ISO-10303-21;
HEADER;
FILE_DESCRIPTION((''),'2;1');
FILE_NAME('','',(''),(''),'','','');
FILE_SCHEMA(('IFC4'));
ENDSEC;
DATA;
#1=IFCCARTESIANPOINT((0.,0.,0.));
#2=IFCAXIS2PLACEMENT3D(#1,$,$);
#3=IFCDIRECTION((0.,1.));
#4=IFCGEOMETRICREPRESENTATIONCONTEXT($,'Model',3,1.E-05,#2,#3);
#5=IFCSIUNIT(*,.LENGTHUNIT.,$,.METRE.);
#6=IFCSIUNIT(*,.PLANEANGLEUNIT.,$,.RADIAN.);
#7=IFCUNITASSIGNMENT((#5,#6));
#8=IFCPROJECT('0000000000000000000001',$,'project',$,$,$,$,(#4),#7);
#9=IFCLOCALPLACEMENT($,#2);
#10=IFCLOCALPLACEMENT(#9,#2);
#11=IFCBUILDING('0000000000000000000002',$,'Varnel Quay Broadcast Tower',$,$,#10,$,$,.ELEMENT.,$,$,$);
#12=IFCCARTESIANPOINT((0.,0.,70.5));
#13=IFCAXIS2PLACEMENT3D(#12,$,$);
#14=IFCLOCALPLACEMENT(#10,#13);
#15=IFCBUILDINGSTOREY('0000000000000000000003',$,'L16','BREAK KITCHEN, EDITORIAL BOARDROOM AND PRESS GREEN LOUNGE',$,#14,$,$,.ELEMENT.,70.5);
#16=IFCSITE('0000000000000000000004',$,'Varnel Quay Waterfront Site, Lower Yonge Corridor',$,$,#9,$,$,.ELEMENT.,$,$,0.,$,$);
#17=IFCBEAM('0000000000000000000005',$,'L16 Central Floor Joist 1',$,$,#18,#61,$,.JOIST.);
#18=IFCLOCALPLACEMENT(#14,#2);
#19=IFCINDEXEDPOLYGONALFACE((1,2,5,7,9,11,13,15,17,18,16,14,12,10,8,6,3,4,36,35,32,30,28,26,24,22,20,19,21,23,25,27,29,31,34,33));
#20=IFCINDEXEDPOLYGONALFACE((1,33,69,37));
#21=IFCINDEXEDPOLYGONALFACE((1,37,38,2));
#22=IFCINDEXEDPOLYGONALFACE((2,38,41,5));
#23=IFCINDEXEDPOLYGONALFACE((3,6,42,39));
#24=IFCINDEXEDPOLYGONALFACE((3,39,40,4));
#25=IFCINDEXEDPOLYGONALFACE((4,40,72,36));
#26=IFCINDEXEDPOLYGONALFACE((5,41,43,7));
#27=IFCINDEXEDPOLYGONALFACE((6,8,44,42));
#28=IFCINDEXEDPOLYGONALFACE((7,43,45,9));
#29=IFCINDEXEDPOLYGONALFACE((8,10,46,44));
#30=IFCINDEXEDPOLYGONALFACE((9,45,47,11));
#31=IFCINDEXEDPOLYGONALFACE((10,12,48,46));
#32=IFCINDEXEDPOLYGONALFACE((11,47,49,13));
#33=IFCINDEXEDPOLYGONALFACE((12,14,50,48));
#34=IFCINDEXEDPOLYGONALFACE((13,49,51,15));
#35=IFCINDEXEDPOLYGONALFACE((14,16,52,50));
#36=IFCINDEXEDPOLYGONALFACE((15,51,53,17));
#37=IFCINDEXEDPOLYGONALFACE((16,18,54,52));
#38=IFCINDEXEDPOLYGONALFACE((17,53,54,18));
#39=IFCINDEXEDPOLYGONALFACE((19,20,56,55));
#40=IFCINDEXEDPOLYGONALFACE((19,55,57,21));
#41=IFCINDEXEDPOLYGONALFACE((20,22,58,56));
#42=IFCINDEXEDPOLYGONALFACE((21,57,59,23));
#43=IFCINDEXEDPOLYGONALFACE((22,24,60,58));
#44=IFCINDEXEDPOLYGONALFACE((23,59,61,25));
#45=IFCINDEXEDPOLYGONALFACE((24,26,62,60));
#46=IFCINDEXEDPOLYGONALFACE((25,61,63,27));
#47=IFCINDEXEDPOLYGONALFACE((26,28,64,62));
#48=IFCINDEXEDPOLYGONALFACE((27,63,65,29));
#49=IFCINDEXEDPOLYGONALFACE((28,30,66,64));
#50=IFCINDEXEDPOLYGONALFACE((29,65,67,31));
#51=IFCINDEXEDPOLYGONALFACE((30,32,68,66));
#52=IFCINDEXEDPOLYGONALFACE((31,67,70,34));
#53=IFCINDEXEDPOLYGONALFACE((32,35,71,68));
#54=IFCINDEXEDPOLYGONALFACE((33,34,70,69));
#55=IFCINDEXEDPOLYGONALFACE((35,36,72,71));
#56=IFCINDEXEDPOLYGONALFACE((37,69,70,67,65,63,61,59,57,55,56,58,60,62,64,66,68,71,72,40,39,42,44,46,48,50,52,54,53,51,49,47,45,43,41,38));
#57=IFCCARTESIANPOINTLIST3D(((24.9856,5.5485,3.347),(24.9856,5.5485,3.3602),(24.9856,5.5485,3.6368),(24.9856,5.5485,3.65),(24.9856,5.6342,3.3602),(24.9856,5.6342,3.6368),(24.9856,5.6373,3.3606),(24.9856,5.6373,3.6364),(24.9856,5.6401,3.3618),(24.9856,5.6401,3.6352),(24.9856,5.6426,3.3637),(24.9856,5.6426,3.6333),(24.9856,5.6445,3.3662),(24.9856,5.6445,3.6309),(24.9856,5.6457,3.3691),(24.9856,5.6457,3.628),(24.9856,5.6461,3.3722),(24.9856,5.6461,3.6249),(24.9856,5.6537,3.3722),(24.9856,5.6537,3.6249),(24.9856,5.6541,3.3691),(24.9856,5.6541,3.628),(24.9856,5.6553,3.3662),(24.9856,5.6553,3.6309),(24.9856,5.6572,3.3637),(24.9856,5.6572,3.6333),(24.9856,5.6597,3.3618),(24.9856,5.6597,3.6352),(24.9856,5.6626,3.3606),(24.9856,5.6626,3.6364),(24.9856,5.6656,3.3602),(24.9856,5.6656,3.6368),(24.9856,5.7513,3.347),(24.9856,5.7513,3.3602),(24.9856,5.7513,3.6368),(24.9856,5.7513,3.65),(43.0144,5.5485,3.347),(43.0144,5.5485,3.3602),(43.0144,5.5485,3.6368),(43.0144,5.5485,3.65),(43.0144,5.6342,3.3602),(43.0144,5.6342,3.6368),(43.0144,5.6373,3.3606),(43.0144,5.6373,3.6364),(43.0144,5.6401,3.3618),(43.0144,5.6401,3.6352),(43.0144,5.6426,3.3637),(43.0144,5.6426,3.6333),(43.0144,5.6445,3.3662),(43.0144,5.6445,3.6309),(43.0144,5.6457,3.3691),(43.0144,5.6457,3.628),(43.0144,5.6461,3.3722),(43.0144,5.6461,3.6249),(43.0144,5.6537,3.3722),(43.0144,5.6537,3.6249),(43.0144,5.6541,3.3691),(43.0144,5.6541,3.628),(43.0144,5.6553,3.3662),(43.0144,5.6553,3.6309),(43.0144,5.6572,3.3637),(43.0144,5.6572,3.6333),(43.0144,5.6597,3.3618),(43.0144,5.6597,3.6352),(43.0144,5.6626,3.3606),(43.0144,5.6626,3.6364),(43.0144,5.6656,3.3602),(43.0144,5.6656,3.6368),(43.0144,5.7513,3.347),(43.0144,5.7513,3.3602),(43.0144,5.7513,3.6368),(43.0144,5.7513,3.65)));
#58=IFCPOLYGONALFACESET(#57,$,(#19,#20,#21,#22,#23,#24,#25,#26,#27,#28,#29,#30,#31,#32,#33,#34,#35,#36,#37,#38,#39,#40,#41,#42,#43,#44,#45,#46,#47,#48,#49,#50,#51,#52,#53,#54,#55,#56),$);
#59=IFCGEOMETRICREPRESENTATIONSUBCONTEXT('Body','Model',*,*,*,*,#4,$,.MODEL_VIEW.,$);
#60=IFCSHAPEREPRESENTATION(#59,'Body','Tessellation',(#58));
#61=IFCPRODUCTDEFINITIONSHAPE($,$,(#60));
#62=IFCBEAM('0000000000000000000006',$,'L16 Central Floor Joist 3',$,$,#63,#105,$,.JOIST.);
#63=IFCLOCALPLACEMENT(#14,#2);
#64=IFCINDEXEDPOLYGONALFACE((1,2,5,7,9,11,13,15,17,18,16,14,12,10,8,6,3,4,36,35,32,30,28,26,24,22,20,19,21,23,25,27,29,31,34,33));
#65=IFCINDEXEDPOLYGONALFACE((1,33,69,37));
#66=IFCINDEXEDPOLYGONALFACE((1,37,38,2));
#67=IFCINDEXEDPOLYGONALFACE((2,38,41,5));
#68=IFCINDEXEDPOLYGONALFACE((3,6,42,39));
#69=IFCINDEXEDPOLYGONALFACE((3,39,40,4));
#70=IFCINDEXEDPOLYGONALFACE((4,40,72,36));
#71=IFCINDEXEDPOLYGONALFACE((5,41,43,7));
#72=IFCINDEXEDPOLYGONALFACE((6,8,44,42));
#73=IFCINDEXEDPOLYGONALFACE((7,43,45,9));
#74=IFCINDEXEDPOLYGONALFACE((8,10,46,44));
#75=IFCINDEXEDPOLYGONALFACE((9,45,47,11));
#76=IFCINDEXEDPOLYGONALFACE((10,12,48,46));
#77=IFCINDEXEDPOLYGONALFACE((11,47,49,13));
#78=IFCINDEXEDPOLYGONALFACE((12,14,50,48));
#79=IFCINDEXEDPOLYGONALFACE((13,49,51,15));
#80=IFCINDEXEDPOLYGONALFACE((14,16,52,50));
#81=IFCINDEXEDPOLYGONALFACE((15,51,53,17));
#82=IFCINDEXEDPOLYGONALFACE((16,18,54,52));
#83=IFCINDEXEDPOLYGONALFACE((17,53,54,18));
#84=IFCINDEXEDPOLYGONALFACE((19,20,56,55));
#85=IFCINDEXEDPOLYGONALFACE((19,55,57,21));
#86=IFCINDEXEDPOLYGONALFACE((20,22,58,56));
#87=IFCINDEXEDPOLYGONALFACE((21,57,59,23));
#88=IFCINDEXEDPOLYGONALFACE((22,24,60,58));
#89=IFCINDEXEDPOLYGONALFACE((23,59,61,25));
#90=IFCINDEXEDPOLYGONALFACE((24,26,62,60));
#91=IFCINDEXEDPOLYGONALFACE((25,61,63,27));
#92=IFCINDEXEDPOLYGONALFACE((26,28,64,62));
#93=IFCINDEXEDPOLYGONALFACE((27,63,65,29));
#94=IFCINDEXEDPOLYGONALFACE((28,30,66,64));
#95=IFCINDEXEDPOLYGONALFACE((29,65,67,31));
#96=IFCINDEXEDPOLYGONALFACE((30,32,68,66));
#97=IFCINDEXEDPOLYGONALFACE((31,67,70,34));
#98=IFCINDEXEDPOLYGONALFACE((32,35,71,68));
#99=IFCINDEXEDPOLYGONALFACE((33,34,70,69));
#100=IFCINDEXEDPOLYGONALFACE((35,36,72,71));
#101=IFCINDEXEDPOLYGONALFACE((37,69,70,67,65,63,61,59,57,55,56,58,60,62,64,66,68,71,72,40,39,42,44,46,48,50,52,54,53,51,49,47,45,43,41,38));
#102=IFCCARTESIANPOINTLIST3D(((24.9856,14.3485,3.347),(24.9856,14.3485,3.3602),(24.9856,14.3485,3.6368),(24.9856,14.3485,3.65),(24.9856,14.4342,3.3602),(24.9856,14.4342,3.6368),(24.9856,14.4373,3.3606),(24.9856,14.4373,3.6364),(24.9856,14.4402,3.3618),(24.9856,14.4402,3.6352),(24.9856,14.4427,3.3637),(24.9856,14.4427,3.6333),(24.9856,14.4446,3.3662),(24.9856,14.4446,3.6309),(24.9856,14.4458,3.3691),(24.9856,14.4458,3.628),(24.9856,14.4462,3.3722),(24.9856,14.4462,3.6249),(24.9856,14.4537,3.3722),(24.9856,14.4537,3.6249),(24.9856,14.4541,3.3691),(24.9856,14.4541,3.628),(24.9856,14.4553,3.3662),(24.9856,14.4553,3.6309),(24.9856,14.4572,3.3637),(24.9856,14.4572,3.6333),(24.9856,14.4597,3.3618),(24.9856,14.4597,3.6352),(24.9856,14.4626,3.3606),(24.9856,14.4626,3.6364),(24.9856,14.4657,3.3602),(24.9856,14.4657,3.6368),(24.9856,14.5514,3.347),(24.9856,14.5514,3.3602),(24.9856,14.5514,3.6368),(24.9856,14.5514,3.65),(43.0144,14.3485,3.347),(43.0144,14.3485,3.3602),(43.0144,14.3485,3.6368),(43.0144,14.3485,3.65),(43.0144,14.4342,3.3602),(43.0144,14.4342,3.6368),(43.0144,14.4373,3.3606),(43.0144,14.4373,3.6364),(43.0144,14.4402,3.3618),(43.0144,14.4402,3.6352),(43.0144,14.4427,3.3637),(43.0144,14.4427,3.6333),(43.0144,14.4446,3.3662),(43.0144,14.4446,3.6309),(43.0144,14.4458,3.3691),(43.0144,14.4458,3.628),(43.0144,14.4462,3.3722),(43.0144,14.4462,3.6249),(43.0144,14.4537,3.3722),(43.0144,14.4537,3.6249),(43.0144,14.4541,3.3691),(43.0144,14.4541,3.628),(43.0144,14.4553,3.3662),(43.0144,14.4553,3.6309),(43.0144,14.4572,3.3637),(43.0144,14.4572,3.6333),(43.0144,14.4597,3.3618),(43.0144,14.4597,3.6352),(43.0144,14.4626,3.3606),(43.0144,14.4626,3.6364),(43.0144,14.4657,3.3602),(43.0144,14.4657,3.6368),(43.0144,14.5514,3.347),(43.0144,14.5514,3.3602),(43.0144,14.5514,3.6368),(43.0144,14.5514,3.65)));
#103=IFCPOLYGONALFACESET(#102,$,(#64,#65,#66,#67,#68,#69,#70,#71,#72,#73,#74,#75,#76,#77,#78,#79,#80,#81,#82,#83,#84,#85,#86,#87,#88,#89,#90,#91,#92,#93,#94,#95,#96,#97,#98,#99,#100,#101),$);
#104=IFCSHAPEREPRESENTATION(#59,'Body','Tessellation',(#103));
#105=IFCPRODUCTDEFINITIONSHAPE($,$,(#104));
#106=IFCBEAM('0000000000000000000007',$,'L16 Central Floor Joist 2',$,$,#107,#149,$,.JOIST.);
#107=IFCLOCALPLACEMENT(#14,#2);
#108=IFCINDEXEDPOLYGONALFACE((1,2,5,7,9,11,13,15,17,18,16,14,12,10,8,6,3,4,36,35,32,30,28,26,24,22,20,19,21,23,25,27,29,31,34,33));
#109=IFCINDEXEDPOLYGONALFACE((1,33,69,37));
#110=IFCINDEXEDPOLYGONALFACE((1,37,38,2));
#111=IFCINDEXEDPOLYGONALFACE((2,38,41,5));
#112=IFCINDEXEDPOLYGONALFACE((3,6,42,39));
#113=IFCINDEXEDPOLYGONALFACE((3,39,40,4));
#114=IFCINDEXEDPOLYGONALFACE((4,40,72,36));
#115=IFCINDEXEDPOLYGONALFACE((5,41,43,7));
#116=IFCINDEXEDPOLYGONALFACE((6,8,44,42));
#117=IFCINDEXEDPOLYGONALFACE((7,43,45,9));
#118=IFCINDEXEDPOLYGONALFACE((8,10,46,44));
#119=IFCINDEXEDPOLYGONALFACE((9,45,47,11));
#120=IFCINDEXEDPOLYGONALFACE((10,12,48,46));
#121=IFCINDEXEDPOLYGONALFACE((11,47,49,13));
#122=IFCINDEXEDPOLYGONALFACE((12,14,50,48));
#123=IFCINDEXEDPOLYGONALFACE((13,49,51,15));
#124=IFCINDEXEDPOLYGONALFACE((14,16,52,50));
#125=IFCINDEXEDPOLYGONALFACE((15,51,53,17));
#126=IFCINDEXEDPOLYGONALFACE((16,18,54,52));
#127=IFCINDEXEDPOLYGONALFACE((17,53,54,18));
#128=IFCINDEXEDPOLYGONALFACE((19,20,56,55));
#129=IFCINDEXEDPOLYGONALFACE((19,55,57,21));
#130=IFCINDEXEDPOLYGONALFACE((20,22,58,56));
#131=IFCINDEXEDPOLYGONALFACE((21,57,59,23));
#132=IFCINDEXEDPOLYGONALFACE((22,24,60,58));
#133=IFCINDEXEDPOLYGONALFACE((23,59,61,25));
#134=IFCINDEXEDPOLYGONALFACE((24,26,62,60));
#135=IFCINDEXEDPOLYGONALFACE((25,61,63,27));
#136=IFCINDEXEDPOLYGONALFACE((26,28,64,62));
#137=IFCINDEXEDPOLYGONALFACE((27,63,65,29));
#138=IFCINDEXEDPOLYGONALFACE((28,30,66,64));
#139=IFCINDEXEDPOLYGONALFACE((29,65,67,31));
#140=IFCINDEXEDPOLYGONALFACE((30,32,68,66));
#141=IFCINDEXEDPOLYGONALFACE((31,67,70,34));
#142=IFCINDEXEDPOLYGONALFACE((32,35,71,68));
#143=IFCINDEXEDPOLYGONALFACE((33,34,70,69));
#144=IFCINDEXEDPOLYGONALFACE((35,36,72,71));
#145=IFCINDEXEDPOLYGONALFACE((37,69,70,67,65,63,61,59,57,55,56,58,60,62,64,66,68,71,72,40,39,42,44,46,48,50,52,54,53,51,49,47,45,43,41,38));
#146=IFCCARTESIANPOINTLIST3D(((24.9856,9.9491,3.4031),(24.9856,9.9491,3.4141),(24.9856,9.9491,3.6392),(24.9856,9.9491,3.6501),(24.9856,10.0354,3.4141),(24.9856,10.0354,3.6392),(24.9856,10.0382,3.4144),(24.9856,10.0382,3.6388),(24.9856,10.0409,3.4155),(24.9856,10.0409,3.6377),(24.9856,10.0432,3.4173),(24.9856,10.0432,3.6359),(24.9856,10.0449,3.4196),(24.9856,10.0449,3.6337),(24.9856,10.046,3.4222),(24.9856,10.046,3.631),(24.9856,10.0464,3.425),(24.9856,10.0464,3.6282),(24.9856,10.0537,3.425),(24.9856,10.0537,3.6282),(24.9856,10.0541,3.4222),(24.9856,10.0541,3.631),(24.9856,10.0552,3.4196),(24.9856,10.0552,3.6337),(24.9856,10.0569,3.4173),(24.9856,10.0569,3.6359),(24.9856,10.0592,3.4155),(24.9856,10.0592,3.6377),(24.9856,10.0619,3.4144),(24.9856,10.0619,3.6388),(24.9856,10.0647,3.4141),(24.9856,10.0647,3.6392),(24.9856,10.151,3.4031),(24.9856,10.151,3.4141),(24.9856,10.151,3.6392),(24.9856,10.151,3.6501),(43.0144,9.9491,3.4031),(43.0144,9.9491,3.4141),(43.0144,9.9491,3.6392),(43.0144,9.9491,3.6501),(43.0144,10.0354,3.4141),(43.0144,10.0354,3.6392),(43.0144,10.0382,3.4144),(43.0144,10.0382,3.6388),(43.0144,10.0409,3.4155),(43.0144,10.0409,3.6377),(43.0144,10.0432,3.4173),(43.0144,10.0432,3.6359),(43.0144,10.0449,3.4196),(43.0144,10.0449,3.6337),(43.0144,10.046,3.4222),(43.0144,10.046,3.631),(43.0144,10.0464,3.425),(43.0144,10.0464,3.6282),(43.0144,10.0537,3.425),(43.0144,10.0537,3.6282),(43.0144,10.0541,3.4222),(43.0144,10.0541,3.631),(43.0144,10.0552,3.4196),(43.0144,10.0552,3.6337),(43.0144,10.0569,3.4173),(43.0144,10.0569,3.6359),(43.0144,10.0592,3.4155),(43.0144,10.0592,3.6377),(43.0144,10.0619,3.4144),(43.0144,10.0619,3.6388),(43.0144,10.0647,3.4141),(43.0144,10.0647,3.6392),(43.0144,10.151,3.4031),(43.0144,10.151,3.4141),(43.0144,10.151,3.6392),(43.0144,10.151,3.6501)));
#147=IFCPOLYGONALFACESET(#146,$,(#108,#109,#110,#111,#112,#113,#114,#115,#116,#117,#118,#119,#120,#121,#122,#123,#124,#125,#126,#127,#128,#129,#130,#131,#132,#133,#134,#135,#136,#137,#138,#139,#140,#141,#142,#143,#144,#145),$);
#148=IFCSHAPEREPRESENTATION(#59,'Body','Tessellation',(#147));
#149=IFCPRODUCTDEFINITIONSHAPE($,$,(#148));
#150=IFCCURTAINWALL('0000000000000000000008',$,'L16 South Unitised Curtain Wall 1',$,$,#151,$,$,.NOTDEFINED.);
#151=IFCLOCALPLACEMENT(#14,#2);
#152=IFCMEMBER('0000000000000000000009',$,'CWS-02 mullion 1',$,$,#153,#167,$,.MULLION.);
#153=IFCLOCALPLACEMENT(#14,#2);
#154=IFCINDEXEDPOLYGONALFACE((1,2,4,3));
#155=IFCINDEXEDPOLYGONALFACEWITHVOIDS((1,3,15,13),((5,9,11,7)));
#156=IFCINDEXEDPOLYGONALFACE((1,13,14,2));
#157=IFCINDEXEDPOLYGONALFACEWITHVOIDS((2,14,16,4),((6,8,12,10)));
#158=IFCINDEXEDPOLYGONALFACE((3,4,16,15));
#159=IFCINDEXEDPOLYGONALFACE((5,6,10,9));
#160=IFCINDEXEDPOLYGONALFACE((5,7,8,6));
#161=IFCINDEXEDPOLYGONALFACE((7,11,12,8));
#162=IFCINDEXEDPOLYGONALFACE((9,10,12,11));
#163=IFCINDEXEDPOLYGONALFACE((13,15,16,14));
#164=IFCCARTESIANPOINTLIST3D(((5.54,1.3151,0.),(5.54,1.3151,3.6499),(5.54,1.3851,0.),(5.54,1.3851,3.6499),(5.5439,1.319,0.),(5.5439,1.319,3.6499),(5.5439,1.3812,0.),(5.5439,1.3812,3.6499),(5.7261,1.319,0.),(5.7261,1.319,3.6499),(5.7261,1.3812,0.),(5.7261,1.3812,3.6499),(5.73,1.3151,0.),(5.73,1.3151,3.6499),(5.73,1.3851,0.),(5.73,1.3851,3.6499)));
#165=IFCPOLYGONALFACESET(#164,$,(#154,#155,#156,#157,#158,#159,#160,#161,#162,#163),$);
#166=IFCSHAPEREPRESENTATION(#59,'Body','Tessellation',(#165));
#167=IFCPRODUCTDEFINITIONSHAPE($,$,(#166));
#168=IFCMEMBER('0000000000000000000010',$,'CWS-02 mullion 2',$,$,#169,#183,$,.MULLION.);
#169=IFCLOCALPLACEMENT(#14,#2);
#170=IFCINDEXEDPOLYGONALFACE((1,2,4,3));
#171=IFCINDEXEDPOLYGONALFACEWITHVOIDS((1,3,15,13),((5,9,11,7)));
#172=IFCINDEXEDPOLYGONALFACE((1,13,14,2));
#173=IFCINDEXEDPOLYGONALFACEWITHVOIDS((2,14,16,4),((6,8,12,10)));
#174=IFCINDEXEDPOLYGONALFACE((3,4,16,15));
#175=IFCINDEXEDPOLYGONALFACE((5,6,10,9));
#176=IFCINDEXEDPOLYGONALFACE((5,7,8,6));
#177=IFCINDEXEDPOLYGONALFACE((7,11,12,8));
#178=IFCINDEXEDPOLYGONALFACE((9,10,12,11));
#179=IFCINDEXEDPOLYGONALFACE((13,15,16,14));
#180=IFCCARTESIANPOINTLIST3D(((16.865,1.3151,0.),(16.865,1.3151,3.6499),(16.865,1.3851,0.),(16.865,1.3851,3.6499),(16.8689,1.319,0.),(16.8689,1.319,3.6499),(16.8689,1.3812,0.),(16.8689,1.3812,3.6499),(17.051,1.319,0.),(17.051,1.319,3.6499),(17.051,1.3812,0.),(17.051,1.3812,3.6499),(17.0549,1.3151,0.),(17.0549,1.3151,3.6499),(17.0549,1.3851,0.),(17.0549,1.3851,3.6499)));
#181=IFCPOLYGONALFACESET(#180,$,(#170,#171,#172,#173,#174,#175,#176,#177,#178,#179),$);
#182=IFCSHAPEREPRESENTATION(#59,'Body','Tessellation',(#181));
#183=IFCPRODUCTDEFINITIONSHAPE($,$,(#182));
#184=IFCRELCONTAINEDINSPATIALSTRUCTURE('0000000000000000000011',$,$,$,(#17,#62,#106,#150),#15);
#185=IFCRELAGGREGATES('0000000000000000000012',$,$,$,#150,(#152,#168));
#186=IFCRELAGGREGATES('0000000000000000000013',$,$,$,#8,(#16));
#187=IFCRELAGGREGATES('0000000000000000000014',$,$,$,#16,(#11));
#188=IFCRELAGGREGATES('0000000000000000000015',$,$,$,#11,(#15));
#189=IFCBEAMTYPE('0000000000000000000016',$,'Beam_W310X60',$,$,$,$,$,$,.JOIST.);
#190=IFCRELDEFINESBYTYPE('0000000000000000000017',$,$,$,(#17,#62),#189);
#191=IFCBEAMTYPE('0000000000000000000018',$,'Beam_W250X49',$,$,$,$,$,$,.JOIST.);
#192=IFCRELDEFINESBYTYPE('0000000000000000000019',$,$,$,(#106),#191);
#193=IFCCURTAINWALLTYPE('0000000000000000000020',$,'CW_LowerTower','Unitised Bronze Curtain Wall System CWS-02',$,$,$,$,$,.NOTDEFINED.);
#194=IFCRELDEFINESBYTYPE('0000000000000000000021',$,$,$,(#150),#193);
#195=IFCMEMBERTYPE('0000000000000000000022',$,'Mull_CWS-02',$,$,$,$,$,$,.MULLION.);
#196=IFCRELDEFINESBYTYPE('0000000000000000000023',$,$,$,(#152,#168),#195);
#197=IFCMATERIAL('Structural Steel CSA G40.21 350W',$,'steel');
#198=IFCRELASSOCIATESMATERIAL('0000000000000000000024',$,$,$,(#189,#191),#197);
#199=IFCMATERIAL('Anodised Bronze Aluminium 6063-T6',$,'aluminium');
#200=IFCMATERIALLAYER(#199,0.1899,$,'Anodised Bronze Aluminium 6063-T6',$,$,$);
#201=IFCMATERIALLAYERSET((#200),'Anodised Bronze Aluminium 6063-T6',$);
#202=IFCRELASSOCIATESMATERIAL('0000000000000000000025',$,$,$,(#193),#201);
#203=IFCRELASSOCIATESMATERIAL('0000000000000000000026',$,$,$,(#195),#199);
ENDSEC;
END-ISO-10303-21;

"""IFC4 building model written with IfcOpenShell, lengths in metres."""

from ifc_helpers import new_model, si_unit, direction, frame, origin, origin_2d, place, context, subcontext, project, spatial, hollow_rectangle, i_section, extrude, source, transform, mapped, material, layer, layer_set, material_profile, profile_set, type_object, type_shapes, element, aggregate, save


model = new_model("IFC4")

# Units and contexts
model_context = context("Model", 3, precision=1e-05, world=origin(), true_north=direction((0.0, 1.0)))
body_context = subcontext(model_context, "Body", "Model", "MODEL_VIEW")
ifc_project = project(units=[si_unit("LENGTHUNIT", "METRE"), si_unit("PLANEANGLEUNIT", "RADIAN")], contexts=[model_context])

# Site, building, storey
site_placement = place(None, origin())
site = spatial("IfcSite", under=ifc_project, at=site_placement, Name="Varnel Quay Waterfront Site, Lower Yonge Corridor", CompositionType="ELEMENT", RefElevation=0.0)
building_placement = place(site_placement, origin())
building = spatial("IfcBuilding", under=site, at=building_placement, Name="Varnel Quay Broadcast Tower", CompositionType="ELEMENT")
storey_placement = place(building_placement, frame((0.0, 0.0, 70.5)))
storey = spatial("IfcBuildingStorey", under=building, at=storey_placement, Name="L16", Description="BREAK KITCHEN, EDITORIAL BOARDROOM AND PRESS GREEN LOUNGE", CompositionType="ELEMENT", Elevation=70.5)

# Shared definitions
ifc_material_1 = material(Name="Structural Steel CSA G40.21 350W", Category="steel")

# Beams
ifc_material_profile_1 = material_profile(ifc_material_1, i_section(OverallWidth=0.2029, OverallDepth=0.303, WebThickness=0.0076, FlangeThickness=0.0132, FilletRadius=0.012, at=origin_2d()), Name="W310X60")
ifc_profile_set_1 = profile_set([ifc_material_profile_1], Name="Structural Steel CSA G40.21 350W")
beam_type_1 = type_object("IfcBeamType", Name="Beam_W310X60", PredefinedType="JOIST", material=ifc_profile_set_1)
shared_shape_1 = source(origin(), body_context, "Body", "SweptSolid", [
    extrude(i_section(OverallWidth=0.2029, OverallDepth=0.303, WebThickness=0.0076, FlangeThickness=0.0132, FilletRadius=0.012, at=origin_2d()), origin(), (0.0, 0.0, 1.0), 18.0288),
])
type_shapes(beam_type_1, [shared_shape_1])
for number, where, z_axis, x_axis, name in (
    (1, (24.9856, 5.6499, 3.4985), (1.0, 0.0, 0.0), (0.0, 1.0, 0.0), "L16 Central Floor Joist 1"),
    (2, (24.9856, 14.45, 3.4985), (1.0, 0.0, 0.0), (0.0, 1.0, 0.0), "L16 Central Floor Joist 3"),
):
    element("IfcBeam", number, at=place(storey_placement, frame(where, z_axis=z_axis, x_axis=x_axis)), inside=storey, type_object=beam_type_1, Name=name, PredefinedType="JOIST", context=body_context, shape_type="MappedRepresentation", body=[
        mapped(shared_shape_1, transform((0.0, 0.0, 0.0), x_axis=(1.0, 0.0, 0.0), y_axis=(0.0, 1.0, 0.0), z_axis=(0.0, 0.0, 1.0), scale=1.0)),
    ])
ifc_material_profile_2 = material_profile(ifc_material_1, i_section(OverallWidth=0.2019, OverallDepth=0.2471, WebThickness=0.0073, FlangeThickness=0.011, FilletRadius=0.011, at=origin_2d()), Name="W250X49")
ifc_profile_set_2 = profile_set([ifc_material_profile_2], Name="Structural Steel CSA G40.21 350W")
beam_type_2 = type_object("IfcBeamType", Name="Beam_W250X49", PredefinedType="JOIST", material=ifc_profile_set_2)
shared_shape_2 = source(origin(), body_context, "Body", "SweptSolid", [
    extrude(i_section(OverallWidth=0.2019, OverallDepth=0.2471, WebThickness=0.0073, FlangeThickness=0.011, FilletRadius=0.011, at=origin_2d()), origin(), (0.0, 0.0, 1.0), 18.0288),
])
type_shapes(beam_type_2, [shared_shape_2])
beam_1_placement = place(storey_placement, frame((24.9856, 10.05, 3.5266), z_axis=(1.0, 0.0, 0.0), x_axis=(0.0, 1.0, 0.0)))
element("IfcBeam", 3, at=beam_1_placement, inside=storey, type_object=beam_type_2, Name="L16 Central Floor Joist 2", PredefinedType="JOIST", context=body_context, shape_type="MappedRepresentation", body=[
    mapped(shared_shape_2, transform((0.0, 0.0, 0.0), x_axis=(1.0, 0.0, 0.0), y_axis=(0.0, 1.0, 0.0), z_axis=(0.0, 0.0, 1.0), scale=1.0)),
])

# Curtain wall, members
ifc_material_2 = material(Name="Anodised Bronze Aluminium 6063-T6", Category="aluminium")
ifc_layer_1 = layer(ifc_material_2, 0.1899, Name="Anodised Bronze Aluminium 6063-T6")
ifc_layer_set_1 = layer_set([ifc_layer_1], Name="Anodised Bronze Aluminium 6063-T6")
curtain_wall_type_1 = type_object("IfcCurtainWallType", Name="CW_LowerTower", Description="Unitised Bronze Curtain Wall System CWS-02", PredefinedType="NOTDEFINED", material=ifc_layer_set_1)
curtain_wall_1_placement = place(storey_placement, origin())
curtain_wall_1 = element("IfcCurtainWall", 4, at=curtain_wall_1_placement, inside=storey, type_object=curtain_wall_type_1, Name="L16 South Unitised Curtain Wall 1", PredefinedType="NOTDEFINED")
ifc_material_profile_3 = material_profile(ifc_material_2, hollow_rectangle(XDim=0.0701, YDim=0.1899, WallThickness=0.0039, at=origin_2d()), Name="ALU70X190X4")
ifc_profile_set_3 = profile_set([ifc_material_profile_3], Name="Anodised Bronze Aluminium 6063-T6")
member_type_1 = type_object("IfcMemberType", Name="Mull_CWS-02", PredefinedType="MULLION", material=ifc_profile_set_3)
shared_shape_3 = source(origin(), body_context, "Body", "SweptSolid", [
    extrude(hollow_rectangle(XDim=0.0701, YDim=0.1899, WallThickness=0.0039, at=origin_2d()), origin(), (0.0, 0.0, 1.0), 3.6499),
])
type_shapes(member_type_1, [shared_shape_3])
member_1_placement = place(storey_placement, frame((5.635, 1.3501, 0.0), z_axis=(0.0, 0.0, 1.0), x_axis=(0.0, 1.0, 0.0)))
member_1 = element("IfcMember", 5, at=member_1_placement, type_object=member_type_1, Name="CWS-02 mullion 1", PredefinedType="MULLION", context=body_context, shape_type="MappedRepresentation", body=[
    mapped(shared_shape_3, transform((0.0, 0.0, 0.0), x_axis=(1.0, 0.0, 0.0), y_axis=(0.0, 1.0, 0.0), z_axis=(0.0, 0.0, 1.0), scale=1.0)),
])
member_2_placement = place(storey_placement, frame((16.96, 1.3501, 0.0), z_axis=(0.0, 0.0, 1.0), x_axis=(0.0, 1.0, 0.0)))
member_2 = element("IfcMember", 6, at=member_2_placement, type_object=member_type_1, Name="CWS-02 mullion 2", PredefinedType="MULLION", context=body_context, shape_type="MappedRepresentation", body=[
    mapped(shared_shape_3, transform((0.0, 0.0, 0.0), x_axis=(1.0, 0.0, 0.0), y_axis=(0.0, 1.0, 0.0), z_axis=(0.0, 0.0, 1.0), scale=1.0)),
])

aggregate(curtain_wall_1, [member_1, member_2])

save(model, "model.ifc")
